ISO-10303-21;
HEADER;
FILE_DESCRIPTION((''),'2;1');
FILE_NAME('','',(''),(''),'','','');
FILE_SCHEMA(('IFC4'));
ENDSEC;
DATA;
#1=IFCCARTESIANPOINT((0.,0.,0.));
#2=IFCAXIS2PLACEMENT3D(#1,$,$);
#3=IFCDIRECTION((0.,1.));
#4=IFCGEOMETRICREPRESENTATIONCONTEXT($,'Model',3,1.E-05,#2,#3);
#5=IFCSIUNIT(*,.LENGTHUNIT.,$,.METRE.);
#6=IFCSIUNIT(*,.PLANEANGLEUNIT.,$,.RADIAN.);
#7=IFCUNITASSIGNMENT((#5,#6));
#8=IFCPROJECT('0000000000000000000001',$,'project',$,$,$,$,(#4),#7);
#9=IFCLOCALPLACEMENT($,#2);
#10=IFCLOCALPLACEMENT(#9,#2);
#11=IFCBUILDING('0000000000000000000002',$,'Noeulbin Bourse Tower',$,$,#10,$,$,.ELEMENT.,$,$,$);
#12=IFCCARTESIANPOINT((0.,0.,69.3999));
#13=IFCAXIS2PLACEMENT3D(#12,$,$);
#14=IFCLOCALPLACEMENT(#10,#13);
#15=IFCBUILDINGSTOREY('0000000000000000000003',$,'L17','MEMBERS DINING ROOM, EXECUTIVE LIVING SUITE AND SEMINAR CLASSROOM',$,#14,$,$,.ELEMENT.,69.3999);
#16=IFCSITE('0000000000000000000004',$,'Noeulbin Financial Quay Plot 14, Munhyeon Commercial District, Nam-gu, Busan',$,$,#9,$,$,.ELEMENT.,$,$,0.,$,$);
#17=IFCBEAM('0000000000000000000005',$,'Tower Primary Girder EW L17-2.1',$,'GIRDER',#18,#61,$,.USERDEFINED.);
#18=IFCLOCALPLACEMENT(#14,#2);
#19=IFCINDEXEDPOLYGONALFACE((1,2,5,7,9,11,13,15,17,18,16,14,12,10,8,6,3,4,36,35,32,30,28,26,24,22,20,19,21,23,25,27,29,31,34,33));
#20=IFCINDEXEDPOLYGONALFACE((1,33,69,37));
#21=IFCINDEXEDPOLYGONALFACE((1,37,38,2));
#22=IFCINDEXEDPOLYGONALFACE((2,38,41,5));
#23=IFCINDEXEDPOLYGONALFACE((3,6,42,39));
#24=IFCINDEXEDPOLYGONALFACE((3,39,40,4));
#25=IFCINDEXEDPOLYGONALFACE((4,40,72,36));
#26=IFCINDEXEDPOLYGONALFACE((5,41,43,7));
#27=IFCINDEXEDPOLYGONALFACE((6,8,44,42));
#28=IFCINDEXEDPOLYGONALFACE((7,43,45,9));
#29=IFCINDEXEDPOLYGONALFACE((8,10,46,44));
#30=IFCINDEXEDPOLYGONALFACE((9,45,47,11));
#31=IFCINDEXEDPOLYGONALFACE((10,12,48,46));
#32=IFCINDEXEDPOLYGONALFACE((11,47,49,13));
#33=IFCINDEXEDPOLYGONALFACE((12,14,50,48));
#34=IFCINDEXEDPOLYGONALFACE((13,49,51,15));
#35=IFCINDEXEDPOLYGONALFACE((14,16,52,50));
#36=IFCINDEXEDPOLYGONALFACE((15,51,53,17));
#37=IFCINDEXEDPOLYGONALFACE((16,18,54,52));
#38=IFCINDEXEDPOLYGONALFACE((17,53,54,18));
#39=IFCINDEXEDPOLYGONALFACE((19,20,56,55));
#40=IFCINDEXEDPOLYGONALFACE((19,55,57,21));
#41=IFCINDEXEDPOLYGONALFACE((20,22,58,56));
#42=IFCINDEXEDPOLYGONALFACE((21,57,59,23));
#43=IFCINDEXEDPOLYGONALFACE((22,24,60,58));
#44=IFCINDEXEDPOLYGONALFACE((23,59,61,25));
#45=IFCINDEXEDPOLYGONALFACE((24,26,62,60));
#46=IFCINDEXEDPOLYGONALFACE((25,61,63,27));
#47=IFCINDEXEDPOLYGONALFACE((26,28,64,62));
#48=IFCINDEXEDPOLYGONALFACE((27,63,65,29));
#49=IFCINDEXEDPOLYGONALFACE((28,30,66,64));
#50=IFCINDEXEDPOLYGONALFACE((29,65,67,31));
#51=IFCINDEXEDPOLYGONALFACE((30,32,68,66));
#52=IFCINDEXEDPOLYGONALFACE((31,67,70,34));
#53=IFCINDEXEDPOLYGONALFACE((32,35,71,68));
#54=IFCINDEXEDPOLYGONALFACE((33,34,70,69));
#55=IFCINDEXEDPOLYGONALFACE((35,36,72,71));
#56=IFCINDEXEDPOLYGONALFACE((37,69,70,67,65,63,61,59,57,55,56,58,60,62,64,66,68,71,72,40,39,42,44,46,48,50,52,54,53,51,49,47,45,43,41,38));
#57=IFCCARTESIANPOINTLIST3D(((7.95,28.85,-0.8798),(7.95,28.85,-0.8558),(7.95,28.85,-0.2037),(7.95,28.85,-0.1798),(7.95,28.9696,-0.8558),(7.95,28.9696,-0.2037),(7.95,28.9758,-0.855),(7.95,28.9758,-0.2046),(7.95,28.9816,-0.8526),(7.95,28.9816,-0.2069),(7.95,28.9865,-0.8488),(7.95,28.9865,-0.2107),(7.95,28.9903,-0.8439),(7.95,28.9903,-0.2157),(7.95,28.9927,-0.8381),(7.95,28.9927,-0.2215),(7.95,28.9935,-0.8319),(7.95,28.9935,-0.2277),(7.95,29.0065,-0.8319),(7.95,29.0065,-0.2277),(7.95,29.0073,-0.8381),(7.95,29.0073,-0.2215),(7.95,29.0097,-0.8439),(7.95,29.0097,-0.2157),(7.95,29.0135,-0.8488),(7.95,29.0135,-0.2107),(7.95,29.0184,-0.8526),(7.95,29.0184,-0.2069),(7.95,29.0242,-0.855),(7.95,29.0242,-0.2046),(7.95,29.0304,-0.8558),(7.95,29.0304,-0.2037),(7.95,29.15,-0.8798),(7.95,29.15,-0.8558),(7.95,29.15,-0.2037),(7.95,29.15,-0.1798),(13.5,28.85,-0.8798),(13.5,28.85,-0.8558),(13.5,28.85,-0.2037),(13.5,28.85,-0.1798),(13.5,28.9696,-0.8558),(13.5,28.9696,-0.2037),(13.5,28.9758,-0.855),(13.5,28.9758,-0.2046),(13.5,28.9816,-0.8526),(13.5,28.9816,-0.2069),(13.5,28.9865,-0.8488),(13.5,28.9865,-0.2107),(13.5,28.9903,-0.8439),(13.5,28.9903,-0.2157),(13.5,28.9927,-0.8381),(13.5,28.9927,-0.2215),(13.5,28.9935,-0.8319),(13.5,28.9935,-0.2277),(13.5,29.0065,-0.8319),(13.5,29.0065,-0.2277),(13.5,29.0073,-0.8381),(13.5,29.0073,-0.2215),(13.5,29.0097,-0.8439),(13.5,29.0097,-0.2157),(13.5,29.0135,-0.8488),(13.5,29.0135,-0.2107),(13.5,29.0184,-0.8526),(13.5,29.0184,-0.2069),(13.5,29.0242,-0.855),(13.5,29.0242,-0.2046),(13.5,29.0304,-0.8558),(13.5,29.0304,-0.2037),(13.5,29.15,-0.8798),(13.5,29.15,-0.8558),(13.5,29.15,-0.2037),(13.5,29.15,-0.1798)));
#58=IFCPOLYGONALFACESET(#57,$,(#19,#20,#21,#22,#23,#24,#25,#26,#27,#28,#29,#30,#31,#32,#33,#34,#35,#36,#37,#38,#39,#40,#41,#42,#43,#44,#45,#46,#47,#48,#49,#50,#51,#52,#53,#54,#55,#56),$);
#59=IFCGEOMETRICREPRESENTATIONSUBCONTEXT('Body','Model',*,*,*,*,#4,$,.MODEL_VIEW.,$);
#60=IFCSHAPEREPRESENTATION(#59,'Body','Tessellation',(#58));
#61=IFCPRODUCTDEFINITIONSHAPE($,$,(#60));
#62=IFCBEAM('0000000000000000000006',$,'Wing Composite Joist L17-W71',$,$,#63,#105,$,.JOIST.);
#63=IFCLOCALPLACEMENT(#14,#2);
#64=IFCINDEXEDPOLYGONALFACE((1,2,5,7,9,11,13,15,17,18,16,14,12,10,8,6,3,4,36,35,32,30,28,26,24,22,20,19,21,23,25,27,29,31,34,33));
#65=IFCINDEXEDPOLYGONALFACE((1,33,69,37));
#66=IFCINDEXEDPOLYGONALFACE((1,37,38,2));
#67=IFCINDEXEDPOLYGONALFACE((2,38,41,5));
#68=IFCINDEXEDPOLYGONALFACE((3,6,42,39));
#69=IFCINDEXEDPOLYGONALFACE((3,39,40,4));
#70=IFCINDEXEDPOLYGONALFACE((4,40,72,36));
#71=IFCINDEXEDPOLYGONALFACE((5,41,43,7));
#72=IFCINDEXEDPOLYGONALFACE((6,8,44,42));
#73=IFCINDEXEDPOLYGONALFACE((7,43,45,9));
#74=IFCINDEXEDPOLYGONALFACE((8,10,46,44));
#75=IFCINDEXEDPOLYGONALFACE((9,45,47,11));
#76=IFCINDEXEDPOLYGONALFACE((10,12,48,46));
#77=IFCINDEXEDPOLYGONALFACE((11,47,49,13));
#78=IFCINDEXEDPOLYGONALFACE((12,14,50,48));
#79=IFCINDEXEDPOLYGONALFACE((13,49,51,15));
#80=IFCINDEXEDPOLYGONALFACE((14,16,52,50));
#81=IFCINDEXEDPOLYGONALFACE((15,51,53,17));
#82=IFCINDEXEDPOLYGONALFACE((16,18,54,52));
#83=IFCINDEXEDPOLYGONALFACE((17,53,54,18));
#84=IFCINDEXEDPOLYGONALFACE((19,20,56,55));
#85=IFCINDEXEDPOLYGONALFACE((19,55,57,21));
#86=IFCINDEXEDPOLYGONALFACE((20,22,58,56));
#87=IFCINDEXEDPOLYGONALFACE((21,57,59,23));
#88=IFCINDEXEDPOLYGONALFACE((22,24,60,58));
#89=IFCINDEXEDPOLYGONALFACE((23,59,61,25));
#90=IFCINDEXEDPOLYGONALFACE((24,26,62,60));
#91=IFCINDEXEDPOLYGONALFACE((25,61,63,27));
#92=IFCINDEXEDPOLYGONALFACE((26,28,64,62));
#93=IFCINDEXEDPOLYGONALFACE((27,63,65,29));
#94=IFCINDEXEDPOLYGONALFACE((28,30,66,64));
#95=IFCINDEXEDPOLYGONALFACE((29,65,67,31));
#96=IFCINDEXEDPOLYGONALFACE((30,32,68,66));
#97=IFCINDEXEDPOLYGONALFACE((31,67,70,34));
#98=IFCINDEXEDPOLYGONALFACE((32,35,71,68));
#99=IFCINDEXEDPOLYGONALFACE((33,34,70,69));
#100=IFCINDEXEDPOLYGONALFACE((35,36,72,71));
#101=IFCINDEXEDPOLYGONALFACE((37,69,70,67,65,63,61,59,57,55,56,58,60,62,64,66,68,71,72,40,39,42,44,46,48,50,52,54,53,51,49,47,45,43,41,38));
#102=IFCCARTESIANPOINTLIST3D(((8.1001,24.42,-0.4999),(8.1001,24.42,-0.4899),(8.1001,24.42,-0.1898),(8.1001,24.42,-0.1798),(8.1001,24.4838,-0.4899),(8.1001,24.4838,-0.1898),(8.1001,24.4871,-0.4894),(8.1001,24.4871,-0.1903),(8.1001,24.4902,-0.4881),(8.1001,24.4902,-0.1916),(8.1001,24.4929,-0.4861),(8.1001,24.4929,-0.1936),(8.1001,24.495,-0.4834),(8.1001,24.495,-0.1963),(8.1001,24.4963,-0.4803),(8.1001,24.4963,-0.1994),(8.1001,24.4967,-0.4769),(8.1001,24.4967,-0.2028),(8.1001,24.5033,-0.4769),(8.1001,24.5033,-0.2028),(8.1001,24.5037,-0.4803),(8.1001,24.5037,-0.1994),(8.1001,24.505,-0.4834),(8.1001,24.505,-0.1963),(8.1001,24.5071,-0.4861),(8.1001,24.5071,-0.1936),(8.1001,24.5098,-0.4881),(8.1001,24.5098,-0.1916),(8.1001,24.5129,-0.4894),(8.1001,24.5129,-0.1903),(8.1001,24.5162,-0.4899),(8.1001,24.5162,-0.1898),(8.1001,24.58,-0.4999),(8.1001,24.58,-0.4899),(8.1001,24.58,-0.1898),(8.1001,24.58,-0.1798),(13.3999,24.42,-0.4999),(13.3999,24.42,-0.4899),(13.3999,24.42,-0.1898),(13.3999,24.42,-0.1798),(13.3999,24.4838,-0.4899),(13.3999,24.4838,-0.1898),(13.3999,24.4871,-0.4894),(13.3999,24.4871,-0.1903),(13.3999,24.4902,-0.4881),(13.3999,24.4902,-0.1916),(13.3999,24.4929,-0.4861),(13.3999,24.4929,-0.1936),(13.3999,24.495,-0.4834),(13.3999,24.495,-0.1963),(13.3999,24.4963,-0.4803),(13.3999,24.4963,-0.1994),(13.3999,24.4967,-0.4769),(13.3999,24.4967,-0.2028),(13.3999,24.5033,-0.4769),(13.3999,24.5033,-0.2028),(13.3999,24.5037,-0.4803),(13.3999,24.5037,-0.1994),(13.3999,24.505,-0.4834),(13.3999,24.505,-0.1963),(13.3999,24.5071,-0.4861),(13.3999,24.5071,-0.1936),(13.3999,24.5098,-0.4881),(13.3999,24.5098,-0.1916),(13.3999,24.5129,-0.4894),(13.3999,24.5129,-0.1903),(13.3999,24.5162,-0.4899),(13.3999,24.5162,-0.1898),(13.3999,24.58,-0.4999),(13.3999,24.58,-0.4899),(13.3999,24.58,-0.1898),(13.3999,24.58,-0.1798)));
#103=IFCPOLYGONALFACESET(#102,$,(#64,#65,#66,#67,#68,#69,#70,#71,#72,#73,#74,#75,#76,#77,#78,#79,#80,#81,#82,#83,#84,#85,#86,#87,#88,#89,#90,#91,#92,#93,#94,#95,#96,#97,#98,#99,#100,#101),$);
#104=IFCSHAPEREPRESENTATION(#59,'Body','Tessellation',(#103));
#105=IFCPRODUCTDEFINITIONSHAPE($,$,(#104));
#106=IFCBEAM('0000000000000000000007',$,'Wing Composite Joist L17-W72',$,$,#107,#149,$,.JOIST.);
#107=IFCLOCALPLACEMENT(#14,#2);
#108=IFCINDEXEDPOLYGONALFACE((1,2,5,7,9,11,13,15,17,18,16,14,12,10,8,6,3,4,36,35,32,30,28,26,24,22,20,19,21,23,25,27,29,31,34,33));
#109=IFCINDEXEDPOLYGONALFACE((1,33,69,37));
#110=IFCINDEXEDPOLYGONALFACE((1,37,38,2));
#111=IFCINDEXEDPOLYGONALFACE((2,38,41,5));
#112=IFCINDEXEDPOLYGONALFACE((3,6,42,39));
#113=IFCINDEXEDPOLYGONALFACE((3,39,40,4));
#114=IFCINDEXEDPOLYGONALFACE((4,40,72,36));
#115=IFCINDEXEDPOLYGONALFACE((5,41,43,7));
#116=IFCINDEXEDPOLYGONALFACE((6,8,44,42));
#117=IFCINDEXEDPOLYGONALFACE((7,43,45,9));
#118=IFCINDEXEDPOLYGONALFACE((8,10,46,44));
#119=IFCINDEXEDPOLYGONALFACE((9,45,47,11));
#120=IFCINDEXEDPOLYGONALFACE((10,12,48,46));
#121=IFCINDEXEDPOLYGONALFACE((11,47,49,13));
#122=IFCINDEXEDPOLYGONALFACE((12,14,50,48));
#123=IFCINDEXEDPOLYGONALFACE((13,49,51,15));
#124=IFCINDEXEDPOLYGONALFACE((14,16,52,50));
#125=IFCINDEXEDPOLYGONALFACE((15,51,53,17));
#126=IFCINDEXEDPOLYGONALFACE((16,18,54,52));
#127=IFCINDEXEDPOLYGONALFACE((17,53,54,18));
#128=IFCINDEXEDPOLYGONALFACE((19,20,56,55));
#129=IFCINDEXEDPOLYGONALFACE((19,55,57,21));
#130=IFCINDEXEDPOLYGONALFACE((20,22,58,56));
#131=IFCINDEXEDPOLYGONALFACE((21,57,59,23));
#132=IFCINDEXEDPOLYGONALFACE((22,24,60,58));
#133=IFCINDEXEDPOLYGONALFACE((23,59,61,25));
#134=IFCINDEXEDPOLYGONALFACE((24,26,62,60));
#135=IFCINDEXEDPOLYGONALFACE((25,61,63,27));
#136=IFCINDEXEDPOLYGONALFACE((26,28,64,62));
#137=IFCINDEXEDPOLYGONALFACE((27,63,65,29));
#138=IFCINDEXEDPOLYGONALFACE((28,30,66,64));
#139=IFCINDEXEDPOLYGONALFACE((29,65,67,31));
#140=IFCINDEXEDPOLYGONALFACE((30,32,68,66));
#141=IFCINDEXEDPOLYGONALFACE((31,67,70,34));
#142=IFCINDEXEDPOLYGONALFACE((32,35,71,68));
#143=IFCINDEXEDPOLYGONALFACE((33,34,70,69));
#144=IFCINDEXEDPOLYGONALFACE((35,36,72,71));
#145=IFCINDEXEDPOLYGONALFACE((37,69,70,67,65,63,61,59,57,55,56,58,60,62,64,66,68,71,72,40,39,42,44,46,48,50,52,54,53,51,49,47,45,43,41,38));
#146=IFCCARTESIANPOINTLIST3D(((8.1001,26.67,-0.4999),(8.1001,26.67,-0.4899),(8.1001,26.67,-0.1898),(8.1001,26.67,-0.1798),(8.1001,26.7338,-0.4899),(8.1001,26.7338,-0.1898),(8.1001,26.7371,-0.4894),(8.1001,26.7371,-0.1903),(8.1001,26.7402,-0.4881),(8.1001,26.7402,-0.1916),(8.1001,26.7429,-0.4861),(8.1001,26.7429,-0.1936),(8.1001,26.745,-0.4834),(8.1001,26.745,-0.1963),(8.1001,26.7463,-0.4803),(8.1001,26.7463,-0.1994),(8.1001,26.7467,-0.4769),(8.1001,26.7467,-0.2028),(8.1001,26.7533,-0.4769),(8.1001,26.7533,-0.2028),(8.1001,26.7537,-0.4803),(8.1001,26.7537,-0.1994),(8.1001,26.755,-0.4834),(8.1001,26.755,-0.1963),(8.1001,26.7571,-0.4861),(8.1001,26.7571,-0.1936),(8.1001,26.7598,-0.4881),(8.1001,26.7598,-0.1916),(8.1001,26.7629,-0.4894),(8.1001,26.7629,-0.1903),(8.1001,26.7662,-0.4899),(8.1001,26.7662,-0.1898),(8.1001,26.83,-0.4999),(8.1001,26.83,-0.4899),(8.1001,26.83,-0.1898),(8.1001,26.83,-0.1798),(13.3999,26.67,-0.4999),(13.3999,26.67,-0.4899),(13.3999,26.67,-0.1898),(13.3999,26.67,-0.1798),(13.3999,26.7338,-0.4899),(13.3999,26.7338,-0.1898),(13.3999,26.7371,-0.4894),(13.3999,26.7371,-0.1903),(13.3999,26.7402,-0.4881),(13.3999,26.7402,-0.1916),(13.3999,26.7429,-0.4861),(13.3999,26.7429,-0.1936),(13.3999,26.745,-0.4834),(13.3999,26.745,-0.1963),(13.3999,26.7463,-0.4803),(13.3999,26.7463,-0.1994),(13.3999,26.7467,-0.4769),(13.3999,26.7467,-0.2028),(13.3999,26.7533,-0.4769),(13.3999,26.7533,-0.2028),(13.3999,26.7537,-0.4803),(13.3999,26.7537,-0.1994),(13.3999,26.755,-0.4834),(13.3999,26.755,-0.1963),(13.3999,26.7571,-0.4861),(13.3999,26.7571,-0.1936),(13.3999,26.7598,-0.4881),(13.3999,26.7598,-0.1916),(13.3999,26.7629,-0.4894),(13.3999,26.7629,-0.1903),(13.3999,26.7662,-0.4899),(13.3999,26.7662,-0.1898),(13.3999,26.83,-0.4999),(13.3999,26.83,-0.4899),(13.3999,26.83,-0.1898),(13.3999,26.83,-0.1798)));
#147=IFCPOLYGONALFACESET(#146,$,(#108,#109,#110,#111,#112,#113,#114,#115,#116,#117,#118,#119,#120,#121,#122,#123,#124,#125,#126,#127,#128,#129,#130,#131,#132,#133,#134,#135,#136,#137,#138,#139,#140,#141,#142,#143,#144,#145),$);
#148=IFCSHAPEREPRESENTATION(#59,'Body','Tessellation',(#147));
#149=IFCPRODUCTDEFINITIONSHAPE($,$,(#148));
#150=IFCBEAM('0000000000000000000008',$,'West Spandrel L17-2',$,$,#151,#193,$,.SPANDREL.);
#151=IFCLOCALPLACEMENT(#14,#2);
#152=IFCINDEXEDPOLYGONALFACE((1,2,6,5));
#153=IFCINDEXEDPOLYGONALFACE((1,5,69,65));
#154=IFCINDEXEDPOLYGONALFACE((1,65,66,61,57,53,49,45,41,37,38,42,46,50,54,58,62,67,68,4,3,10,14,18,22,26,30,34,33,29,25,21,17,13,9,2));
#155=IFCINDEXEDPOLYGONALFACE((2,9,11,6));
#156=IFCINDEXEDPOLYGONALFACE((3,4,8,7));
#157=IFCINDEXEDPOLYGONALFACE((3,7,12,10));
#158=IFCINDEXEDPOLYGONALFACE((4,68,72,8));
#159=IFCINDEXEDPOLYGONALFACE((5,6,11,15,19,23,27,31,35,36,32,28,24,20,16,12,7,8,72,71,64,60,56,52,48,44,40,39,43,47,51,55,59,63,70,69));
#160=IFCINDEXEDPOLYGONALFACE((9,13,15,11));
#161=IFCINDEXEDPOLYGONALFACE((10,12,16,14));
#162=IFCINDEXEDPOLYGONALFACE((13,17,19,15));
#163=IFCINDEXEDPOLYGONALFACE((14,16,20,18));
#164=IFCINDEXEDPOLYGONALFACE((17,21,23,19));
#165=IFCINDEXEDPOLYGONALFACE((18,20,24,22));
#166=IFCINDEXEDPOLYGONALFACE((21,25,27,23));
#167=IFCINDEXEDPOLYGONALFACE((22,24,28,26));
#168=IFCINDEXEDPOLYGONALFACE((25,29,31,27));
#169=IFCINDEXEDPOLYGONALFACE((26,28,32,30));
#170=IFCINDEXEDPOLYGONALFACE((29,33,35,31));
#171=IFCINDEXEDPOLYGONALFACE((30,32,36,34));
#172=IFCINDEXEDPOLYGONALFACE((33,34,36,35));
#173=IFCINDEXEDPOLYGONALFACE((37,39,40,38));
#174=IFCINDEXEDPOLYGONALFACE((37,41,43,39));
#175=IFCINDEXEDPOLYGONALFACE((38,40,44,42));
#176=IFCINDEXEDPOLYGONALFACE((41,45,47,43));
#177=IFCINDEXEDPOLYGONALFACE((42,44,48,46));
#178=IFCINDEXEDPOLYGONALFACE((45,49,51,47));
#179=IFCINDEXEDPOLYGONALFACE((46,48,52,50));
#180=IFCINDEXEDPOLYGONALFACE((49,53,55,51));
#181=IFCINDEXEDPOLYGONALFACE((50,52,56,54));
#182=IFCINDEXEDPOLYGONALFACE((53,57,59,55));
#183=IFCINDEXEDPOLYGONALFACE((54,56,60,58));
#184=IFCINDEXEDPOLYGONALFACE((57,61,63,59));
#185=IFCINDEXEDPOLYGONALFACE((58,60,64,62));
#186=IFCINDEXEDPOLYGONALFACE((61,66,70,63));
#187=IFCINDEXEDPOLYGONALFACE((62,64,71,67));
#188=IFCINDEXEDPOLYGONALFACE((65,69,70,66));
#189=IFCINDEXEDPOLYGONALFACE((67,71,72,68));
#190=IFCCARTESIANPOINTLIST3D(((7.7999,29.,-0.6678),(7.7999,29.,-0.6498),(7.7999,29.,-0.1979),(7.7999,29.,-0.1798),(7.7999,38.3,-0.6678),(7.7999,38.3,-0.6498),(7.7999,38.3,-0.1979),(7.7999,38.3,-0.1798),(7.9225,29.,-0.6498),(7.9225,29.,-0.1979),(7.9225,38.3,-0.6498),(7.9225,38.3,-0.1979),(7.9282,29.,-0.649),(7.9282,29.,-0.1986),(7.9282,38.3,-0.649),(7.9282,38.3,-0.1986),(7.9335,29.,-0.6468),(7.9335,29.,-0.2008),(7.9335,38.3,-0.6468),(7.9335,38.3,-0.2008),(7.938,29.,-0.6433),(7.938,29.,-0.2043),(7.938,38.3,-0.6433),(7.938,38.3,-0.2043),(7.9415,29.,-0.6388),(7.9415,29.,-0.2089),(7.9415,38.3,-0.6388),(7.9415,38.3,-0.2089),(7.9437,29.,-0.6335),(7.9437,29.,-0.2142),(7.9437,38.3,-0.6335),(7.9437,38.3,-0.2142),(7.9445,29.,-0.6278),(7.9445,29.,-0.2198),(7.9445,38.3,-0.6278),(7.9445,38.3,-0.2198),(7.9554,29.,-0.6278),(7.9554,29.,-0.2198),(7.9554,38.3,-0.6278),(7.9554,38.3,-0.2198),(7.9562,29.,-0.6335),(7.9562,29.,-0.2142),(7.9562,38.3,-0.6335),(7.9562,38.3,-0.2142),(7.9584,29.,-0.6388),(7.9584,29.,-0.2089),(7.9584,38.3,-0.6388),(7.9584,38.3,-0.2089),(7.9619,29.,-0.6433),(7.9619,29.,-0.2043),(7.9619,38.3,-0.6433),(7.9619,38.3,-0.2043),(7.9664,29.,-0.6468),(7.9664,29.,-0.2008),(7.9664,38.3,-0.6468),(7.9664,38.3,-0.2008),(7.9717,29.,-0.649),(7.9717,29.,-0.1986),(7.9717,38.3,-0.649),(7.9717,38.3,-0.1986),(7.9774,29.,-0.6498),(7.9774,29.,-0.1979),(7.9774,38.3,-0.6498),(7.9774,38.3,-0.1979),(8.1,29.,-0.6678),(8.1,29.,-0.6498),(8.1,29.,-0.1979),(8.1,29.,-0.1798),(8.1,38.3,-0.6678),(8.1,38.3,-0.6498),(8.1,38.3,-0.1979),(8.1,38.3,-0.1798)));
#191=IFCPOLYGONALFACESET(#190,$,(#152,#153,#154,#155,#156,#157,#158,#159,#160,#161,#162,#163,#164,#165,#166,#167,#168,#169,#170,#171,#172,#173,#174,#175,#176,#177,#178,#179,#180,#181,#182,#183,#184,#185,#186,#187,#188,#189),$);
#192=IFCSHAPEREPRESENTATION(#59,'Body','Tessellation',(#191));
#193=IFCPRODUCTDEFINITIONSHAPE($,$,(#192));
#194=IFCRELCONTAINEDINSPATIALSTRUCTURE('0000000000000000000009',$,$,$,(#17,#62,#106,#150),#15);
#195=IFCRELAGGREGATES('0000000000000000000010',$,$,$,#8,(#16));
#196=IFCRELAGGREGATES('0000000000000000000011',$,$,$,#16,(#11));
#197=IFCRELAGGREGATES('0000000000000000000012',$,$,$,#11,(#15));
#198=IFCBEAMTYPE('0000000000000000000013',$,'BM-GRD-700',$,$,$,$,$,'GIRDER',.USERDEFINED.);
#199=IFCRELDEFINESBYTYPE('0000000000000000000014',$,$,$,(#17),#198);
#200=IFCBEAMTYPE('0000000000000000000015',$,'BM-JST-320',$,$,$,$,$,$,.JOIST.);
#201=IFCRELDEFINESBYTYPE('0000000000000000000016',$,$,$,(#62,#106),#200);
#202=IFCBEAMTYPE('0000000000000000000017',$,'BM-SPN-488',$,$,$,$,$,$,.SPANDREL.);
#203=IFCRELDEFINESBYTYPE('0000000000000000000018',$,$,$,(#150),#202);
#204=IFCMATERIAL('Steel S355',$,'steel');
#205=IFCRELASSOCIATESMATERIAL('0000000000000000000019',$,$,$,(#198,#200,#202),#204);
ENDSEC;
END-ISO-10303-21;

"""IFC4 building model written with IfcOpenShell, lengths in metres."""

from ifc_helpers import new_model, si_unit, direction, frame, origin, origin_2d, place, context, subcontext, project, spatial, i_section, extrude, material, material_profile, profile_set, type_object, element, save


model = new_model("IFC4")

# Units and contexts
model_context = context("Model", 3, precision=1e-05, world=origin(), true_north=direction((0.0, 1.0)))
body_context = subcontext(model_context, "Body", "Model", "MODEL_VIEW")
ifc_project = project(units=[si_unit("LENGTHUNIT", "METRE"), si_unit("PLANEANGLEUNIT", "RADIAN")], contexts=[model_context])

# Site, building, storey
site_placement = place(None, origin())
site = spatial("IfcSite", under=ifc_project, at=site_placement, Name="Noeulbin Financial Quay Plot 14, Munhyeon Commercial District, Nam-gu, Busan", CompositionType="ELEMENT", RefElevation=0.0)
building_placement = place(site_placement, origin())
building = spatial("IfcBuilding", under=site, at=building_placement, Name="Noeulbin Bourse Tower", CompositionType="ELEMENT")
storey_placement = place(building_placement, frame((0.0, 0.0, 69.3999)))
storey = spatial("IfcBuildingStorey", under=building, at=storey_placement, Name="L17", Description="MEMBERS DINING ROOM, EXECUTIVE LIVING SUITE AND SEMINAR CLASSROOM", CompositionType="ELEMENT", Elevation=69.3999)

# Beams
ifc_material_1 = material(Name="Steel S355", Category="steel")
ifc_material_profile_1 = material_profile(ifc_material_1, i_section(OverallWidth=0.3, OverallDepth=0.7, WebThickness=0.0129, FlangeThickness=0.0239, FilletRadius=0.0239, at=origin_2d()), Name="H-700x300x13x24", Category="LoadBearing")
ifc_profile_set_1 = profile_set([ifc_material_profile_1], Name="Steel S355")
beam_type_1 = type_object("IfcBeamType", Name="BM-GRD-700", ElementType="GIRDER", PredefinedType="USERDEFINED", material=ifc_profile_set_1)
beam_1_placement = place(storey_placement, frame((7.95, 29.0, -0.5298), z_axis=(1.0, 0.0, 0.0), x_axis=(0.0, 1.0, 0.0)))
element("IfcBeam", 1, at=beam_1_placement, inside=storey, type_object=beam_type_1, Name="Tower Primary Girder EW L17-2.1", ObjectType="GIRDER", PredefinedType="USERDEFINED", context=body_context, shape_type="SweptSolid", body=[
    extrude(i_section(OverallWidth=0.3, OverallDepth=0.7, WebThickness=0.0129, FlangeThickness=0.0239, FilletRadius=0.0239, at=origin_2d()), origin(), (0.0, 0.0, 1.0), 5.55),
])
ifc_material_profile_2 = material_profile(ifc_material_1, i_section(OverallWidth=0.1599, OverallDepth=0.3201, WebThickness=0.0066, FlangeThickness=0.01, FilletRadius=0.0129, at=origin_2d()), Name="H-320x160x6.5x10", Category="LoadBearing")
ifc_profile_set_2 = profile_set([ifc_material_profile_2], Name="Steel S355")
beam_type_2 = type_object("IfcBeamType", Name="BM-JST-320", PredefinedType="JOIST", material=ifc_profile_set_2)
for number, where, z_axis, x_axis, name in (
    (2, (8.1001, 24.5, -0.3398), (1.0, 0.0, 0.0), (0.0, 1.0, 0.0), "Wing Composite Joist L17-W71"),
    (3, (8.1001, 26.75, -0.3398), (1.0, 0.0, 0.0), (0.0, 1.0, 0.0), "Wing Composite Joist L17-W72"),
):
    element("IfcBeam", number, at=place(storey_placement, frame(where, z_axis=z_axis, x_axis=x_axis)), inside=storey, type_object=beam_type_2, Name=name, PredefinedType="JOIST", context=body_context, shape_type="SweptSolid", body=[
        extrude(i_section(OverallWidth=0.1599, OverallDepth=0.3201, WebThickness=0.0066, FlangeThickness=0.01, FilletRadius=0.0129, at=origin_2d()), origin(), (0.0, 0.0, 1.0), 5.2998),
    ])
ifc_material_profile_3 = material_profile(ifc_material_1, i_section(OverallWidth=0.3, OverallDepth=0.488, WebThickness=0.011, FlangeThickness=0.0181, FilletRadius=0.022, at=origin_2d()), Name="H-488x300x11x18", Category="LoadBearing")
ifc_profile_set_3 = profile_set([ifc_material_profile_3], Name="Steel S355")
beam_type_3 = type_object("IfcBeamType", Name="BM-SPN-488", PredefinedType="SPANDREL", material=ifc_profile_set_3)
beam_2_placement = place(storey_placement, frame((7.95, 29.0, -0.4238), z_axis=(0.0, 1.0, 0.0), x_axis=(-1.0, 0.0, 0.0)))
element("IfcBeam", 4, at=beam_2_placement, inside=storey, type_object=beam_type_3, Name="West Spandrel L17-2", PredefinedType="SPANDREL", context=body_context, shape_type="SweptSolid", body=[
    extrude(i_section(OverallWidth=0.3, OverallDepth=0.488, WebThickness=0.011, FlangeThickness=0.0181, FilletRadius=0.022, at=origin_2d()), origin(), (0.0, 0.0, 1.0), 9.3),
])

save(model, "model.ifc")
